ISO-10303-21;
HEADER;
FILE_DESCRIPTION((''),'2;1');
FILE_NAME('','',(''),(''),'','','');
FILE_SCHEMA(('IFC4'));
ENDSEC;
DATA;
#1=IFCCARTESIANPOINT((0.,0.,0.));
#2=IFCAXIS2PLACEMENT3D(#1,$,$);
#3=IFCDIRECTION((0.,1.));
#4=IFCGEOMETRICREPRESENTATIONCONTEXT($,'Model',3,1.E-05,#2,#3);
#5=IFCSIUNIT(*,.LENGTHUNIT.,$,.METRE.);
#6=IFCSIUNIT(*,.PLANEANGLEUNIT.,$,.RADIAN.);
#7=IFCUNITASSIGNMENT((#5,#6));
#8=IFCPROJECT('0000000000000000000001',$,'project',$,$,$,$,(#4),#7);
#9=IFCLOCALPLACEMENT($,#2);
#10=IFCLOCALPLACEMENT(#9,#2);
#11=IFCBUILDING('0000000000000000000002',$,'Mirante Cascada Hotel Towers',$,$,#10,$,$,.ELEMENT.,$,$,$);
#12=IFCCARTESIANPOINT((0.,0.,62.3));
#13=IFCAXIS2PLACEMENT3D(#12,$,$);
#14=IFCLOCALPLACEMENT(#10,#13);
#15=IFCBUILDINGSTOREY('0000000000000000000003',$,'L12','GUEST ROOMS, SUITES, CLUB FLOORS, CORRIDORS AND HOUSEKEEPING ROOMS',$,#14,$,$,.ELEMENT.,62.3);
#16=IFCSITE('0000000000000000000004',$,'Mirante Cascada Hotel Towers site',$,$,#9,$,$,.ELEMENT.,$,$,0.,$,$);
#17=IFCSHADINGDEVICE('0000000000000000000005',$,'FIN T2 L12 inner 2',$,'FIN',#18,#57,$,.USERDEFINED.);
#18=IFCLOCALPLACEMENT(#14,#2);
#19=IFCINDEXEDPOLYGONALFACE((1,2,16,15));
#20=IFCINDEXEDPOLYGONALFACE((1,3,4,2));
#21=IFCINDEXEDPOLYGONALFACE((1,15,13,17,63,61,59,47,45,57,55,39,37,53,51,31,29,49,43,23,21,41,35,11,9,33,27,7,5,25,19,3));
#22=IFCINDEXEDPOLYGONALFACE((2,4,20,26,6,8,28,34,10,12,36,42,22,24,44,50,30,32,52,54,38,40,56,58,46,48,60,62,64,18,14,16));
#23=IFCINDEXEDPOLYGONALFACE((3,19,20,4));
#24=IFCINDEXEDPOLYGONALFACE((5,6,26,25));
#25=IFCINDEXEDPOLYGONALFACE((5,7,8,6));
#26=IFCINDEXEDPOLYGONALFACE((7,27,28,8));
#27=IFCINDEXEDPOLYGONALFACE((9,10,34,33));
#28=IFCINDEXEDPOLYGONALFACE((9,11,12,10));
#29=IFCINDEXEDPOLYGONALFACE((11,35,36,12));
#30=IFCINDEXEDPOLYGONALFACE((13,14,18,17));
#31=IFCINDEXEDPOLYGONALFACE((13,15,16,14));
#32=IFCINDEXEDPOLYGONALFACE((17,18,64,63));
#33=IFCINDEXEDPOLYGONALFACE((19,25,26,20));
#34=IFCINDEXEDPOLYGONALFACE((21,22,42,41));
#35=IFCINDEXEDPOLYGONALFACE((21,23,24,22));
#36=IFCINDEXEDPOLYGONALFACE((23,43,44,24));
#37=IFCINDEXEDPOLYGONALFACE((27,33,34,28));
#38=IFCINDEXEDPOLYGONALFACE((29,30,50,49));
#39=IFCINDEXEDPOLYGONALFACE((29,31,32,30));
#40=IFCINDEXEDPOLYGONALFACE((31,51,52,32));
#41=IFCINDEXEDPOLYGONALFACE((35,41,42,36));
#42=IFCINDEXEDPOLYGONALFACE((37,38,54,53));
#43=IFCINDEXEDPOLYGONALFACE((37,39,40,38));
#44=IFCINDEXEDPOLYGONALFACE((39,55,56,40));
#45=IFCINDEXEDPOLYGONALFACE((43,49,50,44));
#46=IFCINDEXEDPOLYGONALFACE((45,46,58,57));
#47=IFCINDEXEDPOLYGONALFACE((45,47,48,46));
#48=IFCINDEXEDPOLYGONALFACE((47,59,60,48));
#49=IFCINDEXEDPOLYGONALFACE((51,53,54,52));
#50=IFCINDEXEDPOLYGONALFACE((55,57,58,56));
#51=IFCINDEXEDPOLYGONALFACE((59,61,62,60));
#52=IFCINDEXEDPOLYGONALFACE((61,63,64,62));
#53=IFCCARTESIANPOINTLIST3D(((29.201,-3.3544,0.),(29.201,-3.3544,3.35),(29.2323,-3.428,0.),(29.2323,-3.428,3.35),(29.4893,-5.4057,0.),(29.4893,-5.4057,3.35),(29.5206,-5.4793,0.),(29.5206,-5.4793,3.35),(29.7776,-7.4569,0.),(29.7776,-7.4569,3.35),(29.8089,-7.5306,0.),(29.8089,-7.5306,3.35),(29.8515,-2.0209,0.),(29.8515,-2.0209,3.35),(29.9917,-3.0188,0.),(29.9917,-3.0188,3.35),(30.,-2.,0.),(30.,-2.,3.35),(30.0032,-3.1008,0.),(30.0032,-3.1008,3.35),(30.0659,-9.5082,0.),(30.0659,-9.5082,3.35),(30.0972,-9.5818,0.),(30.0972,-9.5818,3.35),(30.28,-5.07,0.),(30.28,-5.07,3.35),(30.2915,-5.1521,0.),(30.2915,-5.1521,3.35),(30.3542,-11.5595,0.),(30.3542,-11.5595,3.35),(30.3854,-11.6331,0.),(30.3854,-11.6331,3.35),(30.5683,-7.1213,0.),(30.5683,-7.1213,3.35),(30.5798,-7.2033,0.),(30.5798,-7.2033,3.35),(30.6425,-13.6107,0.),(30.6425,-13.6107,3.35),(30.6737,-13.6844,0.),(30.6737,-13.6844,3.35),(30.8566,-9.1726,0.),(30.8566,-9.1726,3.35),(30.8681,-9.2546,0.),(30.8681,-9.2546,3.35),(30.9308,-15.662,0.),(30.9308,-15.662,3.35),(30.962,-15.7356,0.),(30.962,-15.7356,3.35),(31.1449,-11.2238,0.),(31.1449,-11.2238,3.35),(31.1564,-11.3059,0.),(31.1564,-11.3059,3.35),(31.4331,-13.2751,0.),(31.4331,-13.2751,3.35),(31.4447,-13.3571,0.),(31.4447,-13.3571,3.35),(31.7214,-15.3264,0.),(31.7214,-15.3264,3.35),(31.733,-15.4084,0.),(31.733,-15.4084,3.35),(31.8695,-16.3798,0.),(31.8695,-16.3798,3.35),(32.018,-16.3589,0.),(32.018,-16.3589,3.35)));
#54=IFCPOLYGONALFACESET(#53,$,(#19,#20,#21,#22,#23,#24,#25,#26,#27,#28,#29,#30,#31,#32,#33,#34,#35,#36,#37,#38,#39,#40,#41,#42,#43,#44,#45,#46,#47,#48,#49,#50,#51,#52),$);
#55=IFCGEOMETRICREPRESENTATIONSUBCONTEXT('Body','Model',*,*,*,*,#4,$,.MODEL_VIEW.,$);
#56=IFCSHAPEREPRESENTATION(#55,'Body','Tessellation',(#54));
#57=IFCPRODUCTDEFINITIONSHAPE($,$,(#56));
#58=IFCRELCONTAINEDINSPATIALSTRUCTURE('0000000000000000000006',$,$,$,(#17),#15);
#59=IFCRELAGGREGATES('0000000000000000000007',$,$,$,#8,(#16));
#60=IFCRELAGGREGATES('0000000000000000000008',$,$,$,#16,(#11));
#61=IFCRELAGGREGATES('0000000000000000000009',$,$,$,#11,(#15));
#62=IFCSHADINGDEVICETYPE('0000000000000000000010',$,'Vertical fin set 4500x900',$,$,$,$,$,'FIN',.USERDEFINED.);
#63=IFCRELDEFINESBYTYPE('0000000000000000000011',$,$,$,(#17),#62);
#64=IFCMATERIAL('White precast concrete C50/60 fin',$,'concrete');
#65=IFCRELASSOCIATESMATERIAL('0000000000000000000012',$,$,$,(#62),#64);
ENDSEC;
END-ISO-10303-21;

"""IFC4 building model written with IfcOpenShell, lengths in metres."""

from ifc_helpers import new_model, si_unit, direction, frame, origin, place, context, subcontext, project, spatial, polyline, outline, extrude, material, type_object, element, save


model = new_model("IFC4")

# Units and contexts
model_context = context("Model", 3, precision=1e-05, world=origin(), true_north=direction((0.0, 1.0)))
body_context = subcontext(model_context, "Body", "Model", "MODEL_VIEW")
ifc_project = project(units=[si_unit("LENGTHUNIT", "METRE"), si_unit("PLANEANGLEUNIT", "RADIAN")], contexts=[model_context])

# Site, building, storey
site_placement = place(None, origin())
site = spatial("IfcSite", under=ifc_project, at=site_placement, Name="Mirante Cascada Hotel Towers site", CompositionType="ELEMENT", RefElevation=0.0)
building_placement = place(site_placement, origin())
building = spatial("IfcBuilding", under=site, at=building_placement, Name="Mirante Cascada Hotel Towers", CompositionType="ELEMENT")
storey_placement = place(building_placement, frame((0.0, 0.0, 62.3)))
storey = spatial("IfcBuildingStorey", under=building, at=storey_placement, Name="L12", Description="GUEST ROOMS, SUITES, CLUB FLOORS, CORRIDORS AND HOUSEKEEPING ROOMS", CompositionType="ELEMENT", Elevation=62.3)

# Shading device
ifc_material_1 = material(Name="White precast concrete C50/60 fin", Category="concrete")
shading_device_type = type_object("IfcShadingDeviceType", Name="Vertical fin set 4500x900", ElementType="FIN", PredefinedType="USERDEFINED", material=ifc_material_1)
shading_device_1_placement = place(storey_placement, origin())
element("IfcShadingDevice", 1, at=shading_device_1_placement, inside=storey, type_object=shading_device_type, Name="FIN T2 L12 inner 2", ObjectType="FIN", PredefinedType="USERDEFINED", context=body_context, shape_type="SweptSolid", body=[
    extrude(outline(polyline([(30.9308, -15.662), (31.7214, -15.3264), (31.4447, -13.3571), (30.6737, -13.6844), (30.6425, -13.6107), (31.4331, -13.2751), (31.1564, -11.3059), (30.3854, -11.6331), (30.3542, -11.5595), (31.1449, -11.2238), (30.8681, -9.2546), (30.0972, -9.5818), (30.0659, -9.5082), (30.8566, -9.1726), (30.5798, -7.2033), (29.8089, -7.5306), (29.7776, -7.4569), (30.5683, -7.1213), (30.2915, -5.1521), (29.5206, -5.4793), (29.4893, -5.4057), (30.28, -5.07), (30.0032, -3.1008), (29.2323, -3.428), (29.201, -3.3544), (29.9917, -3.0188), (29.8515, -2.0209), (30.0, -2.0), (32.018, -16.3589), (31.8695, -16.3798), (31.733, -15.4084), (30.962, -15.7356), (30.9308, -15.662)])), origin(), (0.0, 0.0, 1.0), 3.35),
])

save(model, "model.ifc")
